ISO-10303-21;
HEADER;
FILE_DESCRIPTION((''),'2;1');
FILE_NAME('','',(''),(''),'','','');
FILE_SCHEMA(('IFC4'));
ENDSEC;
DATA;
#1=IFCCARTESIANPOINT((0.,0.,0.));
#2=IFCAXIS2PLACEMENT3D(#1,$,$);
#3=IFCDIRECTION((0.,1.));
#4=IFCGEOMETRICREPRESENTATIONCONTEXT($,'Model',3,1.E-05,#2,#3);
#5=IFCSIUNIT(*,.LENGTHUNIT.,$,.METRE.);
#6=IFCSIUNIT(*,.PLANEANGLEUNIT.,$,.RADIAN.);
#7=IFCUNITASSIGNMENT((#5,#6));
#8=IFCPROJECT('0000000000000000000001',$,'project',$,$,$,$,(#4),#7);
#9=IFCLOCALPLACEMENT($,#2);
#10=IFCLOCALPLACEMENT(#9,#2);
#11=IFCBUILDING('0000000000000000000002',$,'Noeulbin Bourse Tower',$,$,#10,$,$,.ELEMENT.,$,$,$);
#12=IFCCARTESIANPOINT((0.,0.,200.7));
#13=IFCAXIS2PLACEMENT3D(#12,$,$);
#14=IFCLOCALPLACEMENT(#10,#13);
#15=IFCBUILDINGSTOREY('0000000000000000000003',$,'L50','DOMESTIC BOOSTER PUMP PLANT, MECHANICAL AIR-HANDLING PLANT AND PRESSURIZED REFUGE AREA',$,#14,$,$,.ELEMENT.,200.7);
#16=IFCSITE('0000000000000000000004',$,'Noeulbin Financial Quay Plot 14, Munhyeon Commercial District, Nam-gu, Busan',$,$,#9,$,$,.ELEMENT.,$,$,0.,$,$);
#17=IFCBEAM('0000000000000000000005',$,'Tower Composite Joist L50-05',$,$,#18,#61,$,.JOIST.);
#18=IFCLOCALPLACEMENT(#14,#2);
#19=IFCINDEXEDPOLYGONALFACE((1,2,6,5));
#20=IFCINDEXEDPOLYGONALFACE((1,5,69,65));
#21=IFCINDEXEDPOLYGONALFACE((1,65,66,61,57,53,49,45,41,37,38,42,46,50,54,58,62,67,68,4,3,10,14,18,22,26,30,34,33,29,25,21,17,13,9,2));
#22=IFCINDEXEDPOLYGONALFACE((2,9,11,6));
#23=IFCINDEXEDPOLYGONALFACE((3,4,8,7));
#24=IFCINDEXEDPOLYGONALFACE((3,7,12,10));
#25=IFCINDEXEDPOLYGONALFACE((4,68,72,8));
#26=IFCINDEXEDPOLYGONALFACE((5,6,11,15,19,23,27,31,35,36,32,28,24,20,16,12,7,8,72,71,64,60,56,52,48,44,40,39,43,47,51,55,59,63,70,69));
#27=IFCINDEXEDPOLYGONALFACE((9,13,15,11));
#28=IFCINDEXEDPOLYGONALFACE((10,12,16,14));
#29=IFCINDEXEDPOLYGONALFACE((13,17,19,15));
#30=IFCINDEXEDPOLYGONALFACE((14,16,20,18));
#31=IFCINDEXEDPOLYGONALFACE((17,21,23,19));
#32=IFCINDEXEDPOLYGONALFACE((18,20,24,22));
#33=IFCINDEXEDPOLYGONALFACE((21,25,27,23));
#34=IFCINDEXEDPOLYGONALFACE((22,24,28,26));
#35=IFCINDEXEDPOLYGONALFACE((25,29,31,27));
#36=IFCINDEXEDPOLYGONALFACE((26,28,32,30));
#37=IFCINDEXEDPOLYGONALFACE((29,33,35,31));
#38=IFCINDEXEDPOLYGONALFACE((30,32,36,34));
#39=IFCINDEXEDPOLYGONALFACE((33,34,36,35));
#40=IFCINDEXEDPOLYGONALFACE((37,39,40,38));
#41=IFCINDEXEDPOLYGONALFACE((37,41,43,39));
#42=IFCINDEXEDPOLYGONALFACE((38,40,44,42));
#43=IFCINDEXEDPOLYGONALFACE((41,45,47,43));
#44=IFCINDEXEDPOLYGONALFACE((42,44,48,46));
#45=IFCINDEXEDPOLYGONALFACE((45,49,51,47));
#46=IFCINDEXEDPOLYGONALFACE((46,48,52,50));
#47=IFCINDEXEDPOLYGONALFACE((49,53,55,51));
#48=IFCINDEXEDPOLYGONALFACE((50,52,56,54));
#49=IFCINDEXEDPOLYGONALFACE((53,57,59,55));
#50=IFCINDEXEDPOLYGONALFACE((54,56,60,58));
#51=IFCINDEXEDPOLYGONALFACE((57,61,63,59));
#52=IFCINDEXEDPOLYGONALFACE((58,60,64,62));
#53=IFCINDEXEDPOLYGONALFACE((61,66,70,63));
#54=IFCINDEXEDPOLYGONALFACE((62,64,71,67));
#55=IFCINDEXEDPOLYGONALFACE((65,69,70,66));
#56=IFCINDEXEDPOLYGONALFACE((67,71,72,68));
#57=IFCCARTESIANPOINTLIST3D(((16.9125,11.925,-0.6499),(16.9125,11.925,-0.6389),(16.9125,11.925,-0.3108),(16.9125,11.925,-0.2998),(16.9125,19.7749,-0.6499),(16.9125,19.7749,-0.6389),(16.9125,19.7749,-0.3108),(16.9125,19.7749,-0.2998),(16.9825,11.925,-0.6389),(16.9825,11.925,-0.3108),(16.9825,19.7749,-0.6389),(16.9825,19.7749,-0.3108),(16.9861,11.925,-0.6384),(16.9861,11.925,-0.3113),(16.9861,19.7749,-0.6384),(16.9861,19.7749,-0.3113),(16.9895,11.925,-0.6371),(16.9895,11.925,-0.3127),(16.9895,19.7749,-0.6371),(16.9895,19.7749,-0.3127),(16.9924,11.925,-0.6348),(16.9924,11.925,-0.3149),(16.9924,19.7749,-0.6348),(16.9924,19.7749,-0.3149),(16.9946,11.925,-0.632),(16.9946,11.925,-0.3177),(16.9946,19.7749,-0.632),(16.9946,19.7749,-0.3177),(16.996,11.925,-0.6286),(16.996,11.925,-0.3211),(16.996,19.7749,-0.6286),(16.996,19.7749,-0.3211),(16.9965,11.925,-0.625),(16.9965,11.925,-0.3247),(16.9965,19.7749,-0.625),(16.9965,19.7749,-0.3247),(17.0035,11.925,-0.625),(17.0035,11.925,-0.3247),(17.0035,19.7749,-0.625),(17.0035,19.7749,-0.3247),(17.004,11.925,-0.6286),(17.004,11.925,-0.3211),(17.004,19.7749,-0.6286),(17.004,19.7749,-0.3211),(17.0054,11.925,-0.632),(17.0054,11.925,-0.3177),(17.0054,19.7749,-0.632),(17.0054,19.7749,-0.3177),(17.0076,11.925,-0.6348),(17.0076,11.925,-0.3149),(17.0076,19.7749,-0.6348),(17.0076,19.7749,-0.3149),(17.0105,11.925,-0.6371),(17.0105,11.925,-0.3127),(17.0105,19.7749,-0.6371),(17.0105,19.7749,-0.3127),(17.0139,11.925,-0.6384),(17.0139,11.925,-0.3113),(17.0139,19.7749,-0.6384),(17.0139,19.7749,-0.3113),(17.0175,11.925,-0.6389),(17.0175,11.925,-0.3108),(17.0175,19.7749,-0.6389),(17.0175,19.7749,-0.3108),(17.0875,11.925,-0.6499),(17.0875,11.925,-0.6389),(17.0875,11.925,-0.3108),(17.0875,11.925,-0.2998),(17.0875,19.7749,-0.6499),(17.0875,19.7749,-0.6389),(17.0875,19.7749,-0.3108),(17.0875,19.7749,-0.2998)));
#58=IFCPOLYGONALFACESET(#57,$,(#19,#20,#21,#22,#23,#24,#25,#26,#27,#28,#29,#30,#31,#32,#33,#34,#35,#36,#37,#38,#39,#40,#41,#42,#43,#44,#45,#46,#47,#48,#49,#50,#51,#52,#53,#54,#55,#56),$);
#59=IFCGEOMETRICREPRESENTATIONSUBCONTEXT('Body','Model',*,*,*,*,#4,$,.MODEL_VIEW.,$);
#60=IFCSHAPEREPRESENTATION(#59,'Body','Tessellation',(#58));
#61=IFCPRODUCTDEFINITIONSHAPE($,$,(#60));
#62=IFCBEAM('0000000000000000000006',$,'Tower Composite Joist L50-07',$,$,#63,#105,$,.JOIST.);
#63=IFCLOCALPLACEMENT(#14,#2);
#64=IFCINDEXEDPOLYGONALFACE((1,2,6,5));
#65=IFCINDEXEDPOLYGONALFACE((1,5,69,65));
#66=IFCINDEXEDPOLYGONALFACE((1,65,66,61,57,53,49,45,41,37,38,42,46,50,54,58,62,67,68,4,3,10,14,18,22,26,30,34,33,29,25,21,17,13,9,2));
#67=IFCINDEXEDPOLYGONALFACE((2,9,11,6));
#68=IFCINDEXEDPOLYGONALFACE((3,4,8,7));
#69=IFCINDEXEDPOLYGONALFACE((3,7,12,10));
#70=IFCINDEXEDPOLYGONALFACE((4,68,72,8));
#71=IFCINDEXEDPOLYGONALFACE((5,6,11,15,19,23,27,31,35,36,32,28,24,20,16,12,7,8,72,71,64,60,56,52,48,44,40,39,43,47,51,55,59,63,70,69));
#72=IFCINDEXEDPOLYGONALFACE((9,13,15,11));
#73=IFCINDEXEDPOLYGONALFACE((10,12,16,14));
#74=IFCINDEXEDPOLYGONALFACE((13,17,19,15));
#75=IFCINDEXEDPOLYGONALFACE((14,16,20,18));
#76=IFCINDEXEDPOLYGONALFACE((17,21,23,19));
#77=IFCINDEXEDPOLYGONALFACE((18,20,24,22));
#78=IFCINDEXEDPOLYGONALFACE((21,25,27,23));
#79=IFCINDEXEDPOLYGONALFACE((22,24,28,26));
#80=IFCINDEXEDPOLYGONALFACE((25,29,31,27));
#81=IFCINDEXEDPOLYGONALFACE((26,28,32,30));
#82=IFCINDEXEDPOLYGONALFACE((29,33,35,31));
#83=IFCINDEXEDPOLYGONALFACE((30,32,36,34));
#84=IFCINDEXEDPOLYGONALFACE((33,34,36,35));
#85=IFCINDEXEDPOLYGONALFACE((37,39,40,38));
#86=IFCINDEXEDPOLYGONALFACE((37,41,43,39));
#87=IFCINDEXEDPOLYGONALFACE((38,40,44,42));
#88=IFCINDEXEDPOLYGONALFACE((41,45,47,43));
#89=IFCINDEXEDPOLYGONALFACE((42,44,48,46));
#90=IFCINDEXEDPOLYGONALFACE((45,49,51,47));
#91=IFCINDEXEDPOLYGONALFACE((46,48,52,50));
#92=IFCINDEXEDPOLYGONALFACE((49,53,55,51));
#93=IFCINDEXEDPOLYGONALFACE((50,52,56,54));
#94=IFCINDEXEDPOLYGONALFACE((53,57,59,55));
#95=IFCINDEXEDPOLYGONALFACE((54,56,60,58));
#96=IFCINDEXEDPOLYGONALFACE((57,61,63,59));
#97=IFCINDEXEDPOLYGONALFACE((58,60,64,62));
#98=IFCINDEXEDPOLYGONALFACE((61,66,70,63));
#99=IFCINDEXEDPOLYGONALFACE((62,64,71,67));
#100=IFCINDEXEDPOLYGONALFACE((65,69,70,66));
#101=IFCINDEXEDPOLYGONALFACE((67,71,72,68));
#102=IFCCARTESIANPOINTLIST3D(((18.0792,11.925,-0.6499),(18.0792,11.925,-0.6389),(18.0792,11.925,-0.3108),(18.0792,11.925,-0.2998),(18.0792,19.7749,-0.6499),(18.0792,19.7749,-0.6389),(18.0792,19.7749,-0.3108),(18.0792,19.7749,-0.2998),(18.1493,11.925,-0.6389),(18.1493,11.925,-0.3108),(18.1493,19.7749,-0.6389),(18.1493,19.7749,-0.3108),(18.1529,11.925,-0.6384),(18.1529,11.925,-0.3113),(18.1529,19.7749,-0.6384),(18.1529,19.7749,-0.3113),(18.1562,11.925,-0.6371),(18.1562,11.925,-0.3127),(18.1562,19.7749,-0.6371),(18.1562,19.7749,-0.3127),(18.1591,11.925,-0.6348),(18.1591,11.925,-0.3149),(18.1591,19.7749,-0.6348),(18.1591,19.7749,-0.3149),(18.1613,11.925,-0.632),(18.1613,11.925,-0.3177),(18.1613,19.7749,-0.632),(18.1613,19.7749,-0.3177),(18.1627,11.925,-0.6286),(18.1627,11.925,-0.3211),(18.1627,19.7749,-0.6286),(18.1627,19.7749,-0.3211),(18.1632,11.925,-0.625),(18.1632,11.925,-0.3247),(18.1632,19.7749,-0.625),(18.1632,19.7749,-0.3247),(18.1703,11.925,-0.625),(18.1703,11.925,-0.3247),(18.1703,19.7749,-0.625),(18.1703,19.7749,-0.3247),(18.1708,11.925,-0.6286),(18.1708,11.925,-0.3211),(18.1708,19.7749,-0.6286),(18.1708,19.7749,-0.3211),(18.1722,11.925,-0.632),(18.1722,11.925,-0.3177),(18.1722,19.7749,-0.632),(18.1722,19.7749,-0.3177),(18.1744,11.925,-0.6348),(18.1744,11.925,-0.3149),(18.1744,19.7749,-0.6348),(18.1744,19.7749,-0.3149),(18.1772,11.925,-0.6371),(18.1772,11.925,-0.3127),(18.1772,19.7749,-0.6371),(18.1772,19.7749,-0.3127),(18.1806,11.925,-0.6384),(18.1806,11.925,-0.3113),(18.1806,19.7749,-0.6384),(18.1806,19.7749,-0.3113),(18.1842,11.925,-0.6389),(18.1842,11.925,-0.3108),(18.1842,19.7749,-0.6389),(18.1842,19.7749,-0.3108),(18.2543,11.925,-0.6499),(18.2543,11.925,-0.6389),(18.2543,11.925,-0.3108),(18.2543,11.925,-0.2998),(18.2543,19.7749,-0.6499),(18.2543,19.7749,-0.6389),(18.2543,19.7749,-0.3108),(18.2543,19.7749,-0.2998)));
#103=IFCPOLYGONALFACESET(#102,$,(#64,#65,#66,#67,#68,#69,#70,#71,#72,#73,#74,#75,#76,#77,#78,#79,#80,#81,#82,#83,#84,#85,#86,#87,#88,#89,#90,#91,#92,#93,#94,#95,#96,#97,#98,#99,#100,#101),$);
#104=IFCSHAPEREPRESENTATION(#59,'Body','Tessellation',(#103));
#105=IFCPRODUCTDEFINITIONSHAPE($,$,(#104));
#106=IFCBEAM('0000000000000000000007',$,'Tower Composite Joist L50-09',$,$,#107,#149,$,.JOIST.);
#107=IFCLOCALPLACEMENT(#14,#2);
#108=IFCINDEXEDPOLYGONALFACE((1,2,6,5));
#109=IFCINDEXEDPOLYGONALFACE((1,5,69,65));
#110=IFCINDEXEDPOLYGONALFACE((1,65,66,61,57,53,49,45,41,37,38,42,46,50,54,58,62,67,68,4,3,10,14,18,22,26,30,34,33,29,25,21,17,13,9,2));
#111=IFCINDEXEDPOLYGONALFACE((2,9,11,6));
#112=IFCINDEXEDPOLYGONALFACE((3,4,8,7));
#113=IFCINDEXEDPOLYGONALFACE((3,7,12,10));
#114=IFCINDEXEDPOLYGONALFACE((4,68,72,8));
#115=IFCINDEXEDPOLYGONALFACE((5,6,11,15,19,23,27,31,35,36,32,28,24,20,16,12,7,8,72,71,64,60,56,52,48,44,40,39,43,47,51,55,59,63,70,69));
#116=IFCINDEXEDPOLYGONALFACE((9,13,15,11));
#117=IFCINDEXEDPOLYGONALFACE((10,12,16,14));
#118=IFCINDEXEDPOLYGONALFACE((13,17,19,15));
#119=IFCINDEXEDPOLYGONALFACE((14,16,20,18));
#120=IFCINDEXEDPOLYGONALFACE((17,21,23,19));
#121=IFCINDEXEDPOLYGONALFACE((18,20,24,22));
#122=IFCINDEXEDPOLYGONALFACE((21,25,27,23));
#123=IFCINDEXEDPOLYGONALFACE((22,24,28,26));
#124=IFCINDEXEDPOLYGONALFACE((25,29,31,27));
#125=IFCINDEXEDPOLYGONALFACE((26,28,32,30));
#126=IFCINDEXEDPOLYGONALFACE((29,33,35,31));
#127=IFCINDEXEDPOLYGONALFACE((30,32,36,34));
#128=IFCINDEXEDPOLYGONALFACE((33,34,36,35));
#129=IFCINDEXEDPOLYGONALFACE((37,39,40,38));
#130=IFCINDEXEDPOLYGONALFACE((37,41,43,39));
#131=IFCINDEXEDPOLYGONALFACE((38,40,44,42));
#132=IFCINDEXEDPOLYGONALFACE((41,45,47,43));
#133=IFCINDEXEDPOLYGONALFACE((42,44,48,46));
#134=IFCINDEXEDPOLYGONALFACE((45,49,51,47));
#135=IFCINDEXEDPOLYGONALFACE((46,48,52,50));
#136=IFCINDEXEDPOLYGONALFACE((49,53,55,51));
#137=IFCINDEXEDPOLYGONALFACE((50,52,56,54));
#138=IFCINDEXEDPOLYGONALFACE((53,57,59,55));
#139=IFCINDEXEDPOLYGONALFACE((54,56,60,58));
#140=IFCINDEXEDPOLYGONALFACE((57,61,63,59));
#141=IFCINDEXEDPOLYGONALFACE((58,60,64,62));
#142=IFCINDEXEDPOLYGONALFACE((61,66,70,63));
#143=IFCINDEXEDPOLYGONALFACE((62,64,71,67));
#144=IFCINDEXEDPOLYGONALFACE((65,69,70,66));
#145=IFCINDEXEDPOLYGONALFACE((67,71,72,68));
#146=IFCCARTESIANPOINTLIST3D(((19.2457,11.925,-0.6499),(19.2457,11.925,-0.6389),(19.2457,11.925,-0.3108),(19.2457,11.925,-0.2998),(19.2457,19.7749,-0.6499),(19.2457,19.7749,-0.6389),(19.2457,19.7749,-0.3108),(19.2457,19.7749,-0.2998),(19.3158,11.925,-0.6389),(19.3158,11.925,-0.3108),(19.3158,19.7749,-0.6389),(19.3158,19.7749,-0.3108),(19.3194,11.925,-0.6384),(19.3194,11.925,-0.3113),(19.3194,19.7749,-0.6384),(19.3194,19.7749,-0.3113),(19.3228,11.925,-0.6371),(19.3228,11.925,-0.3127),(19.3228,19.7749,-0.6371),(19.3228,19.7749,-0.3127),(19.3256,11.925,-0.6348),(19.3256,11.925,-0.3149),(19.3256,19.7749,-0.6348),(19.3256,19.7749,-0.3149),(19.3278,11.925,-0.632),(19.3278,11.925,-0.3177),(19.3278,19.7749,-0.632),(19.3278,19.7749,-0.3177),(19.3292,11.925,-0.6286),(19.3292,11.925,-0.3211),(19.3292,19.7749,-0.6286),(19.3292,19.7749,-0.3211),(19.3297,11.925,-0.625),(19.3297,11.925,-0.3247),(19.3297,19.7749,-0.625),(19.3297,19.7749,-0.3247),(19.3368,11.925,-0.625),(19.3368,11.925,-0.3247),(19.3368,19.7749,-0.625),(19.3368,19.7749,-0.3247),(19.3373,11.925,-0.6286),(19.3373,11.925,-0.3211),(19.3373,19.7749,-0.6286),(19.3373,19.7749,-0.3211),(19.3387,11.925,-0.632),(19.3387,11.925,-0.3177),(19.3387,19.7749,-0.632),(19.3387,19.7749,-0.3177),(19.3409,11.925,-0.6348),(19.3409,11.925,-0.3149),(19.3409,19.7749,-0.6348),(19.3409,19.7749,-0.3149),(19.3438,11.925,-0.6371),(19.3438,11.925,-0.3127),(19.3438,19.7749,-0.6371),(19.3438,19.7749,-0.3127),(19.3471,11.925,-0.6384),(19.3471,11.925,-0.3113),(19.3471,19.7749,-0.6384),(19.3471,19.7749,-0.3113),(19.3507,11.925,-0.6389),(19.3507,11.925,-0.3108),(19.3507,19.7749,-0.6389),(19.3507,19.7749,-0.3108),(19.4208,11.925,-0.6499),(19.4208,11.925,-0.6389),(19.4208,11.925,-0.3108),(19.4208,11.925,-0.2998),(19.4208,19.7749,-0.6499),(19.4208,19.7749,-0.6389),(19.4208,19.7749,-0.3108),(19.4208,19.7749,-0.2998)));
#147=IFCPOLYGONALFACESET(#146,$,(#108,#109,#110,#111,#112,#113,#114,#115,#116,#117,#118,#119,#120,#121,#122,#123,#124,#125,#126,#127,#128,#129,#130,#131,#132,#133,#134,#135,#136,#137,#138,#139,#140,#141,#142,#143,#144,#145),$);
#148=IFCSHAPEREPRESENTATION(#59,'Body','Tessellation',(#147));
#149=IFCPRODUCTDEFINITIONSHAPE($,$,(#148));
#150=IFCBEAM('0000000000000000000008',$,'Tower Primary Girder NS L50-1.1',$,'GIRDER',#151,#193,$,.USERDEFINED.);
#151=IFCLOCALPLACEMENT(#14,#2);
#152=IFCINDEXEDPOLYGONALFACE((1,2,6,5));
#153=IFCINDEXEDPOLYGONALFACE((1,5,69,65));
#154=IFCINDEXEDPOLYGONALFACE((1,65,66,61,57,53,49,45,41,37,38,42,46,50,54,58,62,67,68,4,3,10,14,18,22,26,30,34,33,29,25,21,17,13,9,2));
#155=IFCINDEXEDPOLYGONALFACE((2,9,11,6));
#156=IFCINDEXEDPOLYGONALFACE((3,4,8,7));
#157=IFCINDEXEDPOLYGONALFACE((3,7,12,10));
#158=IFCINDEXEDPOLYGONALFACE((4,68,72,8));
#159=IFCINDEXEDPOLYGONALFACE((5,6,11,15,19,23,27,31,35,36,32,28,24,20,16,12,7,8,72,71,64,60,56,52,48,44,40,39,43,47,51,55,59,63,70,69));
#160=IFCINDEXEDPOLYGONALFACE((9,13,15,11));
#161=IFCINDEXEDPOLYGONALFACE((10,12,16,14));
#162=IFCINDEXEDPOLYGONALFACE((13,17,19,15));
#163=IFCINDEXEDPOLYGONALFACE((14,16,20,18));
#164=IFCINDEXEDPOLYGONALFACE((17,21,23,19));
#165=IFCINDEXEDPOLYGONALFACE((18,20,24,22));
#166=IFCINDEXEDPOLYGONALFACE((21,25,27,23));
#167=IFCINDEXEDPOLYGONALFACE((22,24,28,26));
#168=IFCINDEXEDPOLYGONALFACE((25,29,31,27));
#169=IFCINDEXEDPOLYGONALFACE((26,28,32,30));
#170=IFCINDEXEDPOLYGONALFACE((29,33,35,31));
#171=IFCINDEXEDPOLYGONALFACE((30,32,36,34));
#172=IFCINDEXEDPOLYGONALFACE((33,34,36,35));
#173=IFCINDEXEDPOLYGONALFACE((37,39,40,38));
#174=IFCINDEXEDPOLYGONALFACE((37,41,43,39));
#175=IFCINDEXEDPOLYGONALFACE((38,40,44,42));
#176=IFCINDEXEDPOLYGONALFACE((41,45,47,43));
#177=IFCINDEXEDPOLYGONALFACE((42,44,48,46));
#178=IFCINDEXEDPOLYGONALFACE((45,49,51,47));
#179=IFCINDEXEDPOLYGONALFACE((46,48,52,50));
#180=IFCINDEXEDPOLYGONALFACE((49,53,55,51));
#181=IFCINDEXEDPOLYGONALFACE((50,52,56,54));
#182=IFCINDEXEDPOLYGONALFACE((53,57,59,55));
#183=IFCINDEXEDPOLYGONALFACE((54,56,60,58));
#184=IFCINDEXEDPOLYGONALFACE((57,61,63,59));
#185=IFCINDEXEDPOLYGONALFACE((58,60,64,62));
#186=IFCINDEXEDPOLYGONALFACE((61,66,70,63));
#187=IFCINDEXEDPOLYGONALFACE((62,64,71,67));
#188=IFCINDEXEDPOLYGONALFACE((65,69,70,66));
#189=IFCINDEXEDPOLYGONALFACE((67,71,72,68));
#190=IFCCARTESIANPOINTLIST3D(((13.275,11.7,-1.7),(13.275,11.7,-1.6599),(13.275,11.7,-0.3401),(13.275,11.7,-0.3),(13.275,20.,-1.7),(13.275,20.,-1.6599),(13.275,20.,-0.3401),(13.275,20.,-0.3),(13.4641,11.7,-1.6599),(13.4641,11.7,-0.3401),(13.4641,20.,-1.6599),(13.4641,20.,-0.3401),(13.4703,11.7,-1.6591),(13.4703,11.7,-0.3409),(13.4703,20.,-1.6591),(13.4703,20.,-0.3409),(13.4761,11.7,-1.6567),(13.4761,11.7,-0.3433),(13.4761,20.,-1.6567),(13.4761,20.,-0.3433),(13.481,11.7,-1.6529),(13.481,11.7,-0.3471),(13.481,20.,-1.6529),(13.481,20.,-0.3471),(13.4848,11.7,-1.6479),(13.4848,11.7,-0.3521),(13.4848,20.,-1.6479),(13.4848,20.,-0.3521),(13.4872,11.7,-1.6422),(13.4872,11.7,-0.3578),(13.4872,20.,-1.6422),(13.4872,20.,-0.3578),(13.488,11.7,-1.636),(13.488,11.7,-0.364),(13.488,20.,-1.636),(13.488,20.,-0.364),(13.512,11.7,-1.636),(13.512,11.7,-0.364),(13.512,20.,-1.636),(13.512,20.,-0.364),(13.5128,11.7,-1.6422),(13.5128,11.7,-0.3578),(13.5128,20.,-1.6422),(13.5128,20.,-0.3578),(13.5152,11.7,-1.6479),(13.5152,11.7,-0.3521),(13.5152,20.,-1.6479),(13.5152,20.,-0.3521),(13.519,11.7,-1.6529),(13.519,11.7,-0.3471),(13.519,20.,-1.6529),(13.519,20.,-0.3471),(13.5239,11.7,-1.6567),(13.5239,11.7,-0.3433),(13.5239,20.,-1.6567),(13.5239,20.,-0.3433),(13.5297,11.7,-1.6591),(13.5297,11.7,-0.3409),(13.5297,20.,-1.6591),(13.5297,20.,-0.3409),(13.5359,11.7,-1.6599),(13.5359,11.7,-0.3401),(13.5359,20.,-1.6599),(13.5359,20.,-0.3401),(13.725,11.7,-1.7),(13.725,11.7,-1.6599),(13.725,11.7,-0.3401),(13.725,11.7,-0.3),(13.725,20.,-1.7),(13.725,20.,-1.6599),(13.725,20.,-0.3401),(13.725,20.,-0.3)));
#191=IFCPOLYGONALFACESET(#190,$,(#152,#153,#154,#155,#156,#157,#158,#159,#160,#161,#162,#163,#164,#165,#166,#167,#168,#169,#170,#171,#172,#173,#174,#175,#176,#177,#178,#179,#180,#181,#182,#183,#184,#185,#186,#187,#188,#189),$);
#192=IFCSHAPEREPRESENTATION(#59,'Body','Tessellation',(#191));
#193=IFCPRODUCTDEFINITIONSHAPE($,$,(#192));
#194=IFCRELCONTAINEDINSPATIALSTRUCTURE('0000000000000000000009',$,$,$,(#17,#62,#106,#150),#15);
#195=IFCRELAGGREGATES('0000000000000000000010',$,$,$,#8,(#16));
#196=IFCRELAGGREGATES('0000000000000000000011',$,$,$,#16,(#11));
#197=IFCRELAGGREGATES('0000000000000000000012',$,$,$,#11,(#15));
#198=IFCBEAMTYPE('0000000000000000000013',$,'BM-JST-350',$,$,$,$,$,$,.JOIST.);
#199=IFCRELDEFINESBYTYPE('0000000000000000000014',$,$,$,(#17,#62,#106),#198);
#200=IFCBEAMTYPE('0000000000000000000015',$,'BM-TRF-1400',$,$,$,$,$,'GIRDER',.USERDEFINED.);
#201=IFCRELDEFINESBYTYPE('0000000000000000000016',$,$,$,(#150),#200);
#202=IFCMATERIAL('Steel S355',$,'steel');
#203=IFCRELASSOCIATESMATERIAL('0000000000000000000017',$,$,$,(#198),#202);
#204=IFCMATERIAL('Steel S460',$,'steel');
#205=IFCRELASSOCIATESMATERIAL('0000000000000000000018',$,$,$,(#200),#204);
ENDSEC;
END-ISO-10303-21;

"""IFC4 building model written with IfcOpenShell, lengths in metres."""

from ifc_helpers import new_model, si_unit, direction, frame, origin, origin_2d, place, context, subcontext, project, spatial, i_section, extrude, material, material_profile, profile_set, type_object, element, save


model = new_model("IFC4")

# Units and contexts
model_context = context("Model", 3, precision=1e-05, world=origin(), true_north=direction((0.0, 1.0)))
body_context = subcontext(model_context, "Body", "Model", "MODEL_VIEW")
ifc_project = project(units=[si_unit("LENGTHUNIT", "METRE"), si_unit("PLANEANGLEUNIT", "RADIAN")], contexts=[model_context])

# Site, building, storey
site_placement = place(None, origin())
site = spatial("IfcSite", under=ifc_project, at=site_placement, Name="Noeulbin Financial Quay Plot 14, Munhyeon Commercial District, Nam-gu, Busan", CompositionType="ELEMENT", RefElevation=0.0)
building_placement = place(site_placement, origin())
building = spatial("IfcBuilding", under=site, at=building_placement, Name="Noeulbin Bourse Tower", CompositionType="ELEMENT")
storey_placement = place(building_placement, frame((0.0, 0.0, 200.7)))
storey = spatial("IfcBuildingStorey", under=building, at=storey_placement, Name="L50", Description="DOMESTIC BOOSTER PUMP PLANT, MECHANICAL AIR-HANDLING PLANT AND PRESSURIZED REFUGE AREA", CompositionType="ELEMENT", Elevation=200.7)

# Shared definitions
ifc_material_1 = material(Name="Steel S355", Category="steel")

# Beams
ifc_material_profile_1 = material_profile(ifc_material_1, i_section(OverallWidth=0.175, OverallDepth=0.3501, WebThickness=0.0071, FlangeThickness=0.011, FilletRadius=0.0139, at=origin_2d()), Name="H-350x175x7x11", Category="LoadBearing")
ifc_profile_set_1 = profile_set([ifc_material_profile_1], Name="Steel S355")
beam_type_1 = type_object("IfcBeamType", Name="BM-JST-350", PredefinedType="JOIST", material=ifc_profile_set_1)
for number, where, z_axis, x_axis, name in (
    (1, (17.0, 11.925, -0.4749), (0.0, 1.0, 0.0), (-1.0, 0.0, 0.0), "Tower Composite Joist L50-05"),
    (2, (18.1667, 11.925, -0.4749), (0.0, 1.0, 0.0), (-1.0, 0.0, 0.0), "Tower Composite Joist L50-07"),
    (3, (19.3333, 11.925, -0.4749), (0.0, 1.0, 0.0), (-1.0, 0.0, 0.0), "Tower Composite Joist L50-09"),
):
    element("IfcBeam", number, at=place(storey_placement, frame(where, z_axis=z_axis, x_axis=x_axis)), inside=storey, type_object=beam_type_1, Name=name, PredefinedType="JOIST", context=body_context, shape_type="SweptSolid", body=[
        extrude(i_section(OverallWidth=0.175, OverallDepth=0.3501, WebThickness=0.0071, FlangeThickness=0.011, FilletRadius=0.0139, at=origin_2d()), origin(), (0.0, 0.0, 1.0), 7.8499),
    ])
ifc_material_2 = material(Name="Steel S460", Category="steel")
ifc_material_profile_2 = material_profile(ifc_material_2, i_section(OverallWidth=0.45, OverallDepth=1.3999, WebThickness=0.0239, FlangeThickness=0.04, FilletRadius=0.0239, at=origin_2d()), Name="PG-1400x450x24x40", Category="LoadBearing")
ifc_profile_set_2 = profile_set([ifc_material_profile_2], Name="Steel S460")
beam_type_2 = type_object("IfcBeamType", Name="BM-TRF-1400", ElementType="GIRDER", PredefinedType="USERDEFINED", material=ifc_profile_set_2)
beam_1_placement = place(storey_placement, frame((13.5, 11.7, -1.0), z_axis=(0.0, 1.0, 0.0), x_axis=(-1.0, 0.0, 0.0)))
element("IfcBeam", 4, at=beam_1_placement, inside=storey, type_object=beam_type_2, Name="Tower Primary Girder NS L50-1.1", ObjectType="GIRDER", PredefinedType="USERDEFINED", context=body_context, shape_type="SweptSolid", body=[
    extrude(i_section(OverallWidth=0.45, OverallDepth=1.3999, WebThickness=0.0239, FlangeThickness=0.04, FilletRadius=0.0239, at=origin_2d()), origin(), (0.0, 0.0, 1.0), 8.3),
])

save(model, "model.ifc")
